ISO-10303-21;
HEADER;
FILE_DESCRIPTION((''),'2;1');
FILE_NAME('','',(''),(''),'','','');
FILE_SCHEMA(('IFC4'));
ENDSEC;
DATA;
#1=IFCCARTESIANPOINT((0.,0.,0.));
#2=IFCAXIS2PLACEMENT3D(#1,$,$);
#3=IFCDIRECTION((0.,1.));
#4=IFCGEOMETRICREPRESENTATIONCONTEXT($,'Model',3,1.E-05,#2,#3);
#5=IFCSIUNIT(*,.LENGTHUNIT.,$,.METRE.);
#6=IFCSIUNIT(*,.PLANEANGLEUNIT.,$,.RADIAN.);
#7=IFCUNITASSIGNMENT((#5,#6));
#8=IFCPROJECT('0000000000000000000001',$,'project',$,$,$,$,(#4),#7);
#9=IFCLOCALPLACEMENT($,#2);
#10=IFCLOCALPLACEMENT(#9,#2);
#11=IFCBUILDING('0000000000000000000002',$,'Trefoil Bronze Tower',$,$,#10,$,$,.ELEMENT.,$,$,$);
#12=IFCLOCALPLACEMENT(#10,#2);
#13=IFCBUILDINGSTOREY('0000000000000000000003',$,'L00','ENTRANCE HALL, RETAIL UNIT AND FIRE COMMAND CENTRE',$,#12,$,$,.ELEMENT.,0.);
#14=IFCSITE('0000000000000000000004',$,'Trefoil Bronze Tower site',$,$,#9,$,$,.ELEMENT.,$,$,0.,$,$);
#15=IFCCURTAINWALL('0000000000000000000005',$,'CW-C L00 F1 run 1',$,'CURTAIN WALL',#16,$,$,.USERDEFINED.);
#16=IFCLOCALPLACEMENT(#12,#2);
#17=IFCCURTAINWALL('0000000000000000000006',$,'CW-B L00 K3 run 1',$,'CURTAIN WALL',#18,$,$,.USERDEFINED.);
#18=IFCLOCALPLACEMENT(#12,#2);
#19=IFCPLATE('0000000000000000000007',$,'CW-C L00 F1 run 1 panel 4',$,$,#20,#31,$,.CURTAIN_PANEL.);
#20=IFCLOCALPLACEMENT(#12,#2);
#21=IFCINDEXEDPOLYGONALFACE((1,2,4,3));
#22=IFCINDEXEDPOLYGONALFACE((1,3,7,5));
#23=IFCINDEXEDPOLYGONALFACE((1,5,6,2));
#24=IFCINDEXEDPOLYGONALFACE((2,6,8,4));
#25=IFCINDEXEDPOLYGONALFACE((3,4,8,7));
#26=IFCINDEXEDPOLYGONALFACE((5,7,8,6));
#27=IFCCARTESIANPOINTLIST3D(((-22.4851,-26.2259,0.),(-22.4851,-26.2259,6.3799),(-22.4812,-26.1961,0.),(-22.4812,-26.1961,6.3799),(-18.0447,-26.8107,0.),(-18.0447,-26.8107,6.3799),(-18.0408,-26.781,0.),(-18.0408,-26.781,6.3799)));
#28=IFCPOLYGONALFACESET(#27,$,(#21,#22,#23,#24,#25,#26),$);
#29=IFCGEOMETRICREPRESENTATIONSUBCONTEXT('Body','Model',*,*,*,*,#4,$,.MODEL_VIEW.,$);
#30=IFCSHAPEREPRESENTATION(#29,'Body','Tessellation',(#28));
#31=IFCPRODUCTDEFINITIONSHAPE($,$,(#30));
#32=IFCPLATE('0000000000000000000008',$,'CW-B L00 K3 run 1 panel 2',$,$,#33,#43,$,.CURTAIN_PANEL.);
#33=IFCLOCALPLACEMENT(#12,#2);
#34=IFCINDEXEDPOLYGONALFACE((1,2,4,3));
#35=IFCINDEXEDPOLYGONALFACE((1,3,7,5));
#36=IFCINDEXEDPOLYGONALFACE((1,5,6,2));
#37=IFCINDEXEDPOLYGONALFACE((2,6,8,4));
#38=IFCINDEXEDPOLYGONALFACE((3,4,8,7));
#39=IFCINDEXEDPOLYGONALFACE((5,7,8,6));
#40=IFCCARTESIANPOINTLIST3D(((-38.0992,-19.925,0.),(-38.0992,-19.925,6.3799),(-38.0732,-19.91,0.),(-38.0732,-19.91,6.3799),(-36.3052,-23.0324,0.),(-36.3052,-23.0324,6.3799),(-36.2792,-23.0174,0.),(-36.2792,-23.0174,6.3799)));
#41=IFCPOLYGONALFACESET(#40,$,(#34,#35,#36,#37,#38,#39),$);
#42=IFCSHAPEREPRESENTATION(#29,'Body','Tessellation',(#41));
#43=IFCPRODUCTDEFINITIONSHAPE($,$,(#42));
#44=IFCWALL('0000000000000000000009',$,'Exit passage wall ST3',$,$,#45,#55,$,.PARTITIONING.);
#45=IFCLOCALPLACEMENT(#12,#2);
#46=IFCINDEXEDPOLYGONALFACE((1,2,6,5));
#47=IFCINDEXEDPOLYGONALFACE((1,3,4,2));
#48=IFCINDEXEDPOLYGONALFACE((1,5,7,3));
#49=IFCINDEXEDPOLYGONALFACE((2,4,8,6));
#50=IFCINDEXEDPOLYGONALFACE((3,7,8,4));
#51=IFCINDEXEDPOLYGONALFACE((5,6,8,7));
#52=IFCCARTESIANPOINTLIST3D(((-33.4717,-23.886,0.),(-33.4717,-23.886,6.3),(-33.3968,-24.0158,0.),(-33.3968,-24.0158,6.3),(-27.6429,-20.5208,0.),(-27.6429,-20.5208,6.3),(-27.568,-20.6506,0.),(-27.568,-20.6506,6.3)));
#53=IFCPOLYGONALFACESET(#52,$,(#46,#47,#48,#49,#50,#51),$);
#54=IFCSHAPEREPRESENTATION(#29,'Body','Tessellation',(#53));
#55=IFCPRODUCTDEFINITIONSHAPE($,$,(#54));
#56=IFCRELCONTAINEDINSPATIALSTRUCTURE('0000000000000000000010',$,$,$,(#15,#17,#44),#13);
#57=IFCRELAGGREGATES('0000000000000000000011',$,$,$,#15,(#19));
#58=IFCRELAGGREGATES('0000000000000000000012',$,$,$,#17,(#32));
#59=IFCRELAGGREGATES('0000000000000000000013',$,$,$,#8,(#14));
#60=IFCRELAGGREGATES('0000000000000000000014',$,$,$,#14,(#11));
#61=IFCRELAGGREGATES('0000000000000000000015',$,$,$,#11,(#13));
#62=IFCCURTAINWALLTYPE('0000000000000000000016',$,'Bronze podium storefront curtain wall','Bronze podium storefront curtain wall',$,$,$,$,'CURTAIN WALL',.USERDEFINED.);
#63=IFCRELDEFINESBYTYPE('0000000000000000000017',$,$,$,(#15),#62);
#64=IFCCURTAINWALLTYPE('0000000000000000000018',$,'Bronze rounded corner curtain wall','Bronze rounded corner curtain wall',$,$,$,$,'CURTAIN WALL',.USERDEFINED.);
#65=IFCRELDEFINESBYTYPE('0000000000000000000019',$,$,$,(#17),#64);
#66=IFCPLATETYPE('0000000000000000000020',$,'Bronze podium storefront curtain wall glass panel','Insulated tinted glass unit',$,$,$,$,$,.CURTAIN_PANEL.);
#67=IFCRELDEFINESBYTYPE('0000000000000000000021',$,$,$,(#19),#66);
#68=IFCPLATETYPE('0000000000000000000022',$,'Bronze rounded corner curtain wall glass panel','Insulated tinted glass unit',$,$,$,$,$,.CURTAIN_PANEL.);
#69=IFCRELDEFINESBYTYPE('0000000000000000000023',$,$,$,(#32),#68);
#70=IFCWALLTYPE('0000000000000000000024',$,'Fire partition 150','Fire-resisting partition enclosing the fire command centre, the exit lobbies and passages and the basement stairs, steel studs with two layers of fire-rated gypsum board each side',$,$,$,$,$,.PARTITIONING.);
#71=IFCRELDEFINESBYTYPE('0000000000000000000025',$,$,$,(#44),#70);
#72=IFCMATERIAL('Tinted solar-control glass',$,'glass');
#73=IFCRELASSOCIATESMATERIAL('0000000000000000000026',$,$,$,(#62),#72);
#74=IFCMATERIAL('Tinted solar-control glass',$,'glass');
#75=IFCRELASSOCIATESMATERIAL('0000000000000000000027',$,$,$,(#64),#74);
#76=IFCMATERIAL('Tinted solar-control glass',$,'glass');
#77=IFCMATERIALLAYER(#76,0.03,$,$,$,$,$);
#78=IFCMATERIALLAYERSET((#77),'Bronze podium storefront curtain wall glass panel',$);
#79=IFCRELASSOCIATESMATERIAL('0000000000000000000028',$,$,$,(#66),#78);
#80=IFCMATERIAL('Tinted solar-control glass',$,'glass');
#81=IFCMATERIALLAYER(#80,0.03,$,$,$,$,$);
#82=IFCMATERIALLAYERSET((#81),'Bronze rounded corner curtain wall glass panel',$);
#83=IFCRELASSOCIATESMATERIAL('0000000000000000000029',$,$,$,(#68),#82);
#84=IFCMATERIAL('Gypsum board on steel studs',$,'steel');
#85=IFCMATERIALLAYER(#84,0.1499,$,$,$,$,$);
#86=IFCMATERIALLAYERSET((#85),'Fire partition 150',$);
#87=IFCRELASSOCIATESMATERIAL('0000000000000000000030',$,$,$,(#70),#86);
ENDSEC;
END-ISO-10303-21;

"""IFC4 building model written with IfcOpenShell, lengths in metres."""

from ifc_helpers import new_model, si_unit, direction, frame, frame_2d, origin, origin_2d, place, context, subcontext, project, spatial, rectangle, extrude, material, layer, layer_set, type_object, element, aggregate, save


model = new_model("IFC4")

# Units and contexts
model_context = context("Model", 3, precision=1e-05, world=origin(), true_north=direction((0.0, 1.0)))
body_context = subcontext(model_context, "Body", "Model", "MODEL_VIEW")
ifc_project = project(units=[si_unit("LENGTHUNIT", "METRE"), si_unit("PLANEANGLEUNIT", "RADIAN")], contexts=[model_context])

# Site, building, storey
site_placement = place(None, origin())
site = spatial("IfcSite", under=ifc_project, at=site_placement, Name="Trefoil Bronze Tower site", CompositionType="ELEMENT", RefElevation=0.0)
building_placement = place(site_placement, origin())
building = spatial("IfcBuilding", under=site, at=building_placement, Name="Trefoil Bronze Tower", CompositionType="ELEMENT")
storey_placement = place(building_placement, origin())
storey = spatial("IfcBuildingStorey", under=building, at=storey_placement, Name="L00", Description="ENTRANCE HALL, RETAIL UNIT AND FIRE COMMAND CENTRE", CompositionType="ELEMENT", Elevation=0.0)

# Curtain walls
ifc_material_1 = material(Name="Tinted solar-control glass", Category="glass")
curtain_wall_type_1 = type_object("IfcCurtainWallType", Name="Bronze podium storefront curtain wall", Description="Bronze podium storefront curtain wall", ElementType="CURTAIN WALL", PredefinedType="USERDEFINED", material=ifc_material_1)
curtain_wall_1_placement = place(storey_placement, origin())
curtain_wall_1 = element("IfcCurtainWall", 1, at=curtain_wall_1_placement, inside=storey, type_object=curtain_wall_type_1, Name="CW-C L00 F1 run 1", ObjectType="CURTAIN WALL", PredefinedType="USERDEFINED")
ifc_material_2 = material(Name="Tinted solar-control glass", Category="glass")
curtain_wall_type_2 = type_object("IfcCurtainWallType", Name="Bronze rounded corner curtain wall", Description="Bronze rounded corner curtain wall", ElementType="CURTAIN WALL", PredefinedType="USERDEFINED", material=ifc_material_2)
curtain_wall_2_placement = place(storey_placement, origin())
curtain_wall_2 = element("IfcCurtainWall", 2, at=curtain_wall_2_placement, inside=storey, type_object=curtain_wall_type_2, Name="CW-B L00 K3 run 1", ObjectType="CURTAIN WALL", PredefinedType="USERDEFINED")

# Plates
ifc_material_3 = material(Name="Tinted solar-control glass", Category="glass")
ifc_layer_1 = layer(ifc_material_3, 0.03)
ifc_layer_set_1 = layer_set([ifc_layer_1], Name="Bronze podium storefront curtain wall glass panel")
plate_type_1 = type_object("IfcPlateType", Name="Bronze podium storefront curtain wall glass panel", Description="Insulated tinted glass unit", PredefinedType="CURTAIN_PANEL", material=ifc_layer_set_1)
plate_1_placement = place(storey_placement, frame((-20.2629, -26.5034, 0.0), z_axis=(0.0, 0.0, 1.0), x_axis=(0.991437, -0.130584, 0.0)))
plate_1 = element("IfcPlate", 3, at=plate_1_placement, type_object=plate_type_1, Name="CW-C L00 F1 run 1 panel 4", PredefinedType="CURTAIN_PANEL", context=body_context, shape_type="SweptSolid", body=[
    extrude(rectangle(XDim=4.4788, YDim=0.03, at=origin_2d()), origin(), (0.0, 0.0, 1.0), 6.3799),
])
aggregate(curtain_wall_1, [plate_1])
ifc_material_4 = material(Name="Tinted solar-control glass", Category="glass")
ifc_layer_2 = layer(ifc_material_4, 0.03)
ifc_layer_set_2 = layer_set([ifc_layer_2], Name="Bronze rounded corner curtain wall glass panel")
plate_type_2 = type_object("IfcPlateType", Name="Bronze rounded corner curtain wall glass panel", Description="Insulated tinted glass unit", PredefinedType="CURTAIN_PANEL", material=ifc_layer_set_2)
plate_2_placement = place(storey_placement, frame((-37.1892, -21.4712, 0.0), z_axis=(0.0, 0.0, 1.0), x_axis=(0.5, -0.866025, 0.0)))
plate_2 = element("IfcPlate", 4, at=plate_2_placement, type_object=plate_type_2, Name="CW-B L00 K3 run 1 panel 2", PredefinedType="CURTAIN_PANEL", context=body_context, shape_type="SweptSolid", body=[
    extrude(rectangle(XDim=3.5881, YDim=0.03, at=origin_2d()), origin(), (0.0, 0.0, 1.0), 6.3799),
])
aggregate(curtain_wall_2, [plate_2])

# Wall
ifc_material_5 = material(Name="Gypsum board on steel studs", Category="steel")
ifc_layer_3 = layer(ifc_material_5, 0.1499)
ifc_layer_set_3 = layer_set([ifc_layer_3], Name="Fire partition 150")
wall_type_1 = type_object("IfcWallType", Name="Fire partition 150", Description="Fire-resisting partition enclosing the fire command centre, the exit lobbies and passages and the basement stairs, steel studs with two layers of fire-rated gypsum board each side", PredefinedType="PARTITIONING", material=ifc_layer_set_3)
wall_1_placement = place(storey_placement, frame((-27.6055, -20.5857, 0.0), z_axis=(0.0, 0.0, 1.0), x_axis=(-0.866029, -0.499994, 0.0)))
element("IfcWall", 5, at=wall_1_placement, inside=storey, type_object=wall_type_1, Name="Exit passage wall ST3", PredefinedType="PARTITIONING", context=body_context, shape_type="SweptSolid", body=[
    extrude(rectangle(XDim=6.7305, YDim=0.1499, at=frame_2d((3.3652, 0.0))), origin(), (0.0, 0.0, 1.0), 6.3),
])

save(model, "model.ifc")
